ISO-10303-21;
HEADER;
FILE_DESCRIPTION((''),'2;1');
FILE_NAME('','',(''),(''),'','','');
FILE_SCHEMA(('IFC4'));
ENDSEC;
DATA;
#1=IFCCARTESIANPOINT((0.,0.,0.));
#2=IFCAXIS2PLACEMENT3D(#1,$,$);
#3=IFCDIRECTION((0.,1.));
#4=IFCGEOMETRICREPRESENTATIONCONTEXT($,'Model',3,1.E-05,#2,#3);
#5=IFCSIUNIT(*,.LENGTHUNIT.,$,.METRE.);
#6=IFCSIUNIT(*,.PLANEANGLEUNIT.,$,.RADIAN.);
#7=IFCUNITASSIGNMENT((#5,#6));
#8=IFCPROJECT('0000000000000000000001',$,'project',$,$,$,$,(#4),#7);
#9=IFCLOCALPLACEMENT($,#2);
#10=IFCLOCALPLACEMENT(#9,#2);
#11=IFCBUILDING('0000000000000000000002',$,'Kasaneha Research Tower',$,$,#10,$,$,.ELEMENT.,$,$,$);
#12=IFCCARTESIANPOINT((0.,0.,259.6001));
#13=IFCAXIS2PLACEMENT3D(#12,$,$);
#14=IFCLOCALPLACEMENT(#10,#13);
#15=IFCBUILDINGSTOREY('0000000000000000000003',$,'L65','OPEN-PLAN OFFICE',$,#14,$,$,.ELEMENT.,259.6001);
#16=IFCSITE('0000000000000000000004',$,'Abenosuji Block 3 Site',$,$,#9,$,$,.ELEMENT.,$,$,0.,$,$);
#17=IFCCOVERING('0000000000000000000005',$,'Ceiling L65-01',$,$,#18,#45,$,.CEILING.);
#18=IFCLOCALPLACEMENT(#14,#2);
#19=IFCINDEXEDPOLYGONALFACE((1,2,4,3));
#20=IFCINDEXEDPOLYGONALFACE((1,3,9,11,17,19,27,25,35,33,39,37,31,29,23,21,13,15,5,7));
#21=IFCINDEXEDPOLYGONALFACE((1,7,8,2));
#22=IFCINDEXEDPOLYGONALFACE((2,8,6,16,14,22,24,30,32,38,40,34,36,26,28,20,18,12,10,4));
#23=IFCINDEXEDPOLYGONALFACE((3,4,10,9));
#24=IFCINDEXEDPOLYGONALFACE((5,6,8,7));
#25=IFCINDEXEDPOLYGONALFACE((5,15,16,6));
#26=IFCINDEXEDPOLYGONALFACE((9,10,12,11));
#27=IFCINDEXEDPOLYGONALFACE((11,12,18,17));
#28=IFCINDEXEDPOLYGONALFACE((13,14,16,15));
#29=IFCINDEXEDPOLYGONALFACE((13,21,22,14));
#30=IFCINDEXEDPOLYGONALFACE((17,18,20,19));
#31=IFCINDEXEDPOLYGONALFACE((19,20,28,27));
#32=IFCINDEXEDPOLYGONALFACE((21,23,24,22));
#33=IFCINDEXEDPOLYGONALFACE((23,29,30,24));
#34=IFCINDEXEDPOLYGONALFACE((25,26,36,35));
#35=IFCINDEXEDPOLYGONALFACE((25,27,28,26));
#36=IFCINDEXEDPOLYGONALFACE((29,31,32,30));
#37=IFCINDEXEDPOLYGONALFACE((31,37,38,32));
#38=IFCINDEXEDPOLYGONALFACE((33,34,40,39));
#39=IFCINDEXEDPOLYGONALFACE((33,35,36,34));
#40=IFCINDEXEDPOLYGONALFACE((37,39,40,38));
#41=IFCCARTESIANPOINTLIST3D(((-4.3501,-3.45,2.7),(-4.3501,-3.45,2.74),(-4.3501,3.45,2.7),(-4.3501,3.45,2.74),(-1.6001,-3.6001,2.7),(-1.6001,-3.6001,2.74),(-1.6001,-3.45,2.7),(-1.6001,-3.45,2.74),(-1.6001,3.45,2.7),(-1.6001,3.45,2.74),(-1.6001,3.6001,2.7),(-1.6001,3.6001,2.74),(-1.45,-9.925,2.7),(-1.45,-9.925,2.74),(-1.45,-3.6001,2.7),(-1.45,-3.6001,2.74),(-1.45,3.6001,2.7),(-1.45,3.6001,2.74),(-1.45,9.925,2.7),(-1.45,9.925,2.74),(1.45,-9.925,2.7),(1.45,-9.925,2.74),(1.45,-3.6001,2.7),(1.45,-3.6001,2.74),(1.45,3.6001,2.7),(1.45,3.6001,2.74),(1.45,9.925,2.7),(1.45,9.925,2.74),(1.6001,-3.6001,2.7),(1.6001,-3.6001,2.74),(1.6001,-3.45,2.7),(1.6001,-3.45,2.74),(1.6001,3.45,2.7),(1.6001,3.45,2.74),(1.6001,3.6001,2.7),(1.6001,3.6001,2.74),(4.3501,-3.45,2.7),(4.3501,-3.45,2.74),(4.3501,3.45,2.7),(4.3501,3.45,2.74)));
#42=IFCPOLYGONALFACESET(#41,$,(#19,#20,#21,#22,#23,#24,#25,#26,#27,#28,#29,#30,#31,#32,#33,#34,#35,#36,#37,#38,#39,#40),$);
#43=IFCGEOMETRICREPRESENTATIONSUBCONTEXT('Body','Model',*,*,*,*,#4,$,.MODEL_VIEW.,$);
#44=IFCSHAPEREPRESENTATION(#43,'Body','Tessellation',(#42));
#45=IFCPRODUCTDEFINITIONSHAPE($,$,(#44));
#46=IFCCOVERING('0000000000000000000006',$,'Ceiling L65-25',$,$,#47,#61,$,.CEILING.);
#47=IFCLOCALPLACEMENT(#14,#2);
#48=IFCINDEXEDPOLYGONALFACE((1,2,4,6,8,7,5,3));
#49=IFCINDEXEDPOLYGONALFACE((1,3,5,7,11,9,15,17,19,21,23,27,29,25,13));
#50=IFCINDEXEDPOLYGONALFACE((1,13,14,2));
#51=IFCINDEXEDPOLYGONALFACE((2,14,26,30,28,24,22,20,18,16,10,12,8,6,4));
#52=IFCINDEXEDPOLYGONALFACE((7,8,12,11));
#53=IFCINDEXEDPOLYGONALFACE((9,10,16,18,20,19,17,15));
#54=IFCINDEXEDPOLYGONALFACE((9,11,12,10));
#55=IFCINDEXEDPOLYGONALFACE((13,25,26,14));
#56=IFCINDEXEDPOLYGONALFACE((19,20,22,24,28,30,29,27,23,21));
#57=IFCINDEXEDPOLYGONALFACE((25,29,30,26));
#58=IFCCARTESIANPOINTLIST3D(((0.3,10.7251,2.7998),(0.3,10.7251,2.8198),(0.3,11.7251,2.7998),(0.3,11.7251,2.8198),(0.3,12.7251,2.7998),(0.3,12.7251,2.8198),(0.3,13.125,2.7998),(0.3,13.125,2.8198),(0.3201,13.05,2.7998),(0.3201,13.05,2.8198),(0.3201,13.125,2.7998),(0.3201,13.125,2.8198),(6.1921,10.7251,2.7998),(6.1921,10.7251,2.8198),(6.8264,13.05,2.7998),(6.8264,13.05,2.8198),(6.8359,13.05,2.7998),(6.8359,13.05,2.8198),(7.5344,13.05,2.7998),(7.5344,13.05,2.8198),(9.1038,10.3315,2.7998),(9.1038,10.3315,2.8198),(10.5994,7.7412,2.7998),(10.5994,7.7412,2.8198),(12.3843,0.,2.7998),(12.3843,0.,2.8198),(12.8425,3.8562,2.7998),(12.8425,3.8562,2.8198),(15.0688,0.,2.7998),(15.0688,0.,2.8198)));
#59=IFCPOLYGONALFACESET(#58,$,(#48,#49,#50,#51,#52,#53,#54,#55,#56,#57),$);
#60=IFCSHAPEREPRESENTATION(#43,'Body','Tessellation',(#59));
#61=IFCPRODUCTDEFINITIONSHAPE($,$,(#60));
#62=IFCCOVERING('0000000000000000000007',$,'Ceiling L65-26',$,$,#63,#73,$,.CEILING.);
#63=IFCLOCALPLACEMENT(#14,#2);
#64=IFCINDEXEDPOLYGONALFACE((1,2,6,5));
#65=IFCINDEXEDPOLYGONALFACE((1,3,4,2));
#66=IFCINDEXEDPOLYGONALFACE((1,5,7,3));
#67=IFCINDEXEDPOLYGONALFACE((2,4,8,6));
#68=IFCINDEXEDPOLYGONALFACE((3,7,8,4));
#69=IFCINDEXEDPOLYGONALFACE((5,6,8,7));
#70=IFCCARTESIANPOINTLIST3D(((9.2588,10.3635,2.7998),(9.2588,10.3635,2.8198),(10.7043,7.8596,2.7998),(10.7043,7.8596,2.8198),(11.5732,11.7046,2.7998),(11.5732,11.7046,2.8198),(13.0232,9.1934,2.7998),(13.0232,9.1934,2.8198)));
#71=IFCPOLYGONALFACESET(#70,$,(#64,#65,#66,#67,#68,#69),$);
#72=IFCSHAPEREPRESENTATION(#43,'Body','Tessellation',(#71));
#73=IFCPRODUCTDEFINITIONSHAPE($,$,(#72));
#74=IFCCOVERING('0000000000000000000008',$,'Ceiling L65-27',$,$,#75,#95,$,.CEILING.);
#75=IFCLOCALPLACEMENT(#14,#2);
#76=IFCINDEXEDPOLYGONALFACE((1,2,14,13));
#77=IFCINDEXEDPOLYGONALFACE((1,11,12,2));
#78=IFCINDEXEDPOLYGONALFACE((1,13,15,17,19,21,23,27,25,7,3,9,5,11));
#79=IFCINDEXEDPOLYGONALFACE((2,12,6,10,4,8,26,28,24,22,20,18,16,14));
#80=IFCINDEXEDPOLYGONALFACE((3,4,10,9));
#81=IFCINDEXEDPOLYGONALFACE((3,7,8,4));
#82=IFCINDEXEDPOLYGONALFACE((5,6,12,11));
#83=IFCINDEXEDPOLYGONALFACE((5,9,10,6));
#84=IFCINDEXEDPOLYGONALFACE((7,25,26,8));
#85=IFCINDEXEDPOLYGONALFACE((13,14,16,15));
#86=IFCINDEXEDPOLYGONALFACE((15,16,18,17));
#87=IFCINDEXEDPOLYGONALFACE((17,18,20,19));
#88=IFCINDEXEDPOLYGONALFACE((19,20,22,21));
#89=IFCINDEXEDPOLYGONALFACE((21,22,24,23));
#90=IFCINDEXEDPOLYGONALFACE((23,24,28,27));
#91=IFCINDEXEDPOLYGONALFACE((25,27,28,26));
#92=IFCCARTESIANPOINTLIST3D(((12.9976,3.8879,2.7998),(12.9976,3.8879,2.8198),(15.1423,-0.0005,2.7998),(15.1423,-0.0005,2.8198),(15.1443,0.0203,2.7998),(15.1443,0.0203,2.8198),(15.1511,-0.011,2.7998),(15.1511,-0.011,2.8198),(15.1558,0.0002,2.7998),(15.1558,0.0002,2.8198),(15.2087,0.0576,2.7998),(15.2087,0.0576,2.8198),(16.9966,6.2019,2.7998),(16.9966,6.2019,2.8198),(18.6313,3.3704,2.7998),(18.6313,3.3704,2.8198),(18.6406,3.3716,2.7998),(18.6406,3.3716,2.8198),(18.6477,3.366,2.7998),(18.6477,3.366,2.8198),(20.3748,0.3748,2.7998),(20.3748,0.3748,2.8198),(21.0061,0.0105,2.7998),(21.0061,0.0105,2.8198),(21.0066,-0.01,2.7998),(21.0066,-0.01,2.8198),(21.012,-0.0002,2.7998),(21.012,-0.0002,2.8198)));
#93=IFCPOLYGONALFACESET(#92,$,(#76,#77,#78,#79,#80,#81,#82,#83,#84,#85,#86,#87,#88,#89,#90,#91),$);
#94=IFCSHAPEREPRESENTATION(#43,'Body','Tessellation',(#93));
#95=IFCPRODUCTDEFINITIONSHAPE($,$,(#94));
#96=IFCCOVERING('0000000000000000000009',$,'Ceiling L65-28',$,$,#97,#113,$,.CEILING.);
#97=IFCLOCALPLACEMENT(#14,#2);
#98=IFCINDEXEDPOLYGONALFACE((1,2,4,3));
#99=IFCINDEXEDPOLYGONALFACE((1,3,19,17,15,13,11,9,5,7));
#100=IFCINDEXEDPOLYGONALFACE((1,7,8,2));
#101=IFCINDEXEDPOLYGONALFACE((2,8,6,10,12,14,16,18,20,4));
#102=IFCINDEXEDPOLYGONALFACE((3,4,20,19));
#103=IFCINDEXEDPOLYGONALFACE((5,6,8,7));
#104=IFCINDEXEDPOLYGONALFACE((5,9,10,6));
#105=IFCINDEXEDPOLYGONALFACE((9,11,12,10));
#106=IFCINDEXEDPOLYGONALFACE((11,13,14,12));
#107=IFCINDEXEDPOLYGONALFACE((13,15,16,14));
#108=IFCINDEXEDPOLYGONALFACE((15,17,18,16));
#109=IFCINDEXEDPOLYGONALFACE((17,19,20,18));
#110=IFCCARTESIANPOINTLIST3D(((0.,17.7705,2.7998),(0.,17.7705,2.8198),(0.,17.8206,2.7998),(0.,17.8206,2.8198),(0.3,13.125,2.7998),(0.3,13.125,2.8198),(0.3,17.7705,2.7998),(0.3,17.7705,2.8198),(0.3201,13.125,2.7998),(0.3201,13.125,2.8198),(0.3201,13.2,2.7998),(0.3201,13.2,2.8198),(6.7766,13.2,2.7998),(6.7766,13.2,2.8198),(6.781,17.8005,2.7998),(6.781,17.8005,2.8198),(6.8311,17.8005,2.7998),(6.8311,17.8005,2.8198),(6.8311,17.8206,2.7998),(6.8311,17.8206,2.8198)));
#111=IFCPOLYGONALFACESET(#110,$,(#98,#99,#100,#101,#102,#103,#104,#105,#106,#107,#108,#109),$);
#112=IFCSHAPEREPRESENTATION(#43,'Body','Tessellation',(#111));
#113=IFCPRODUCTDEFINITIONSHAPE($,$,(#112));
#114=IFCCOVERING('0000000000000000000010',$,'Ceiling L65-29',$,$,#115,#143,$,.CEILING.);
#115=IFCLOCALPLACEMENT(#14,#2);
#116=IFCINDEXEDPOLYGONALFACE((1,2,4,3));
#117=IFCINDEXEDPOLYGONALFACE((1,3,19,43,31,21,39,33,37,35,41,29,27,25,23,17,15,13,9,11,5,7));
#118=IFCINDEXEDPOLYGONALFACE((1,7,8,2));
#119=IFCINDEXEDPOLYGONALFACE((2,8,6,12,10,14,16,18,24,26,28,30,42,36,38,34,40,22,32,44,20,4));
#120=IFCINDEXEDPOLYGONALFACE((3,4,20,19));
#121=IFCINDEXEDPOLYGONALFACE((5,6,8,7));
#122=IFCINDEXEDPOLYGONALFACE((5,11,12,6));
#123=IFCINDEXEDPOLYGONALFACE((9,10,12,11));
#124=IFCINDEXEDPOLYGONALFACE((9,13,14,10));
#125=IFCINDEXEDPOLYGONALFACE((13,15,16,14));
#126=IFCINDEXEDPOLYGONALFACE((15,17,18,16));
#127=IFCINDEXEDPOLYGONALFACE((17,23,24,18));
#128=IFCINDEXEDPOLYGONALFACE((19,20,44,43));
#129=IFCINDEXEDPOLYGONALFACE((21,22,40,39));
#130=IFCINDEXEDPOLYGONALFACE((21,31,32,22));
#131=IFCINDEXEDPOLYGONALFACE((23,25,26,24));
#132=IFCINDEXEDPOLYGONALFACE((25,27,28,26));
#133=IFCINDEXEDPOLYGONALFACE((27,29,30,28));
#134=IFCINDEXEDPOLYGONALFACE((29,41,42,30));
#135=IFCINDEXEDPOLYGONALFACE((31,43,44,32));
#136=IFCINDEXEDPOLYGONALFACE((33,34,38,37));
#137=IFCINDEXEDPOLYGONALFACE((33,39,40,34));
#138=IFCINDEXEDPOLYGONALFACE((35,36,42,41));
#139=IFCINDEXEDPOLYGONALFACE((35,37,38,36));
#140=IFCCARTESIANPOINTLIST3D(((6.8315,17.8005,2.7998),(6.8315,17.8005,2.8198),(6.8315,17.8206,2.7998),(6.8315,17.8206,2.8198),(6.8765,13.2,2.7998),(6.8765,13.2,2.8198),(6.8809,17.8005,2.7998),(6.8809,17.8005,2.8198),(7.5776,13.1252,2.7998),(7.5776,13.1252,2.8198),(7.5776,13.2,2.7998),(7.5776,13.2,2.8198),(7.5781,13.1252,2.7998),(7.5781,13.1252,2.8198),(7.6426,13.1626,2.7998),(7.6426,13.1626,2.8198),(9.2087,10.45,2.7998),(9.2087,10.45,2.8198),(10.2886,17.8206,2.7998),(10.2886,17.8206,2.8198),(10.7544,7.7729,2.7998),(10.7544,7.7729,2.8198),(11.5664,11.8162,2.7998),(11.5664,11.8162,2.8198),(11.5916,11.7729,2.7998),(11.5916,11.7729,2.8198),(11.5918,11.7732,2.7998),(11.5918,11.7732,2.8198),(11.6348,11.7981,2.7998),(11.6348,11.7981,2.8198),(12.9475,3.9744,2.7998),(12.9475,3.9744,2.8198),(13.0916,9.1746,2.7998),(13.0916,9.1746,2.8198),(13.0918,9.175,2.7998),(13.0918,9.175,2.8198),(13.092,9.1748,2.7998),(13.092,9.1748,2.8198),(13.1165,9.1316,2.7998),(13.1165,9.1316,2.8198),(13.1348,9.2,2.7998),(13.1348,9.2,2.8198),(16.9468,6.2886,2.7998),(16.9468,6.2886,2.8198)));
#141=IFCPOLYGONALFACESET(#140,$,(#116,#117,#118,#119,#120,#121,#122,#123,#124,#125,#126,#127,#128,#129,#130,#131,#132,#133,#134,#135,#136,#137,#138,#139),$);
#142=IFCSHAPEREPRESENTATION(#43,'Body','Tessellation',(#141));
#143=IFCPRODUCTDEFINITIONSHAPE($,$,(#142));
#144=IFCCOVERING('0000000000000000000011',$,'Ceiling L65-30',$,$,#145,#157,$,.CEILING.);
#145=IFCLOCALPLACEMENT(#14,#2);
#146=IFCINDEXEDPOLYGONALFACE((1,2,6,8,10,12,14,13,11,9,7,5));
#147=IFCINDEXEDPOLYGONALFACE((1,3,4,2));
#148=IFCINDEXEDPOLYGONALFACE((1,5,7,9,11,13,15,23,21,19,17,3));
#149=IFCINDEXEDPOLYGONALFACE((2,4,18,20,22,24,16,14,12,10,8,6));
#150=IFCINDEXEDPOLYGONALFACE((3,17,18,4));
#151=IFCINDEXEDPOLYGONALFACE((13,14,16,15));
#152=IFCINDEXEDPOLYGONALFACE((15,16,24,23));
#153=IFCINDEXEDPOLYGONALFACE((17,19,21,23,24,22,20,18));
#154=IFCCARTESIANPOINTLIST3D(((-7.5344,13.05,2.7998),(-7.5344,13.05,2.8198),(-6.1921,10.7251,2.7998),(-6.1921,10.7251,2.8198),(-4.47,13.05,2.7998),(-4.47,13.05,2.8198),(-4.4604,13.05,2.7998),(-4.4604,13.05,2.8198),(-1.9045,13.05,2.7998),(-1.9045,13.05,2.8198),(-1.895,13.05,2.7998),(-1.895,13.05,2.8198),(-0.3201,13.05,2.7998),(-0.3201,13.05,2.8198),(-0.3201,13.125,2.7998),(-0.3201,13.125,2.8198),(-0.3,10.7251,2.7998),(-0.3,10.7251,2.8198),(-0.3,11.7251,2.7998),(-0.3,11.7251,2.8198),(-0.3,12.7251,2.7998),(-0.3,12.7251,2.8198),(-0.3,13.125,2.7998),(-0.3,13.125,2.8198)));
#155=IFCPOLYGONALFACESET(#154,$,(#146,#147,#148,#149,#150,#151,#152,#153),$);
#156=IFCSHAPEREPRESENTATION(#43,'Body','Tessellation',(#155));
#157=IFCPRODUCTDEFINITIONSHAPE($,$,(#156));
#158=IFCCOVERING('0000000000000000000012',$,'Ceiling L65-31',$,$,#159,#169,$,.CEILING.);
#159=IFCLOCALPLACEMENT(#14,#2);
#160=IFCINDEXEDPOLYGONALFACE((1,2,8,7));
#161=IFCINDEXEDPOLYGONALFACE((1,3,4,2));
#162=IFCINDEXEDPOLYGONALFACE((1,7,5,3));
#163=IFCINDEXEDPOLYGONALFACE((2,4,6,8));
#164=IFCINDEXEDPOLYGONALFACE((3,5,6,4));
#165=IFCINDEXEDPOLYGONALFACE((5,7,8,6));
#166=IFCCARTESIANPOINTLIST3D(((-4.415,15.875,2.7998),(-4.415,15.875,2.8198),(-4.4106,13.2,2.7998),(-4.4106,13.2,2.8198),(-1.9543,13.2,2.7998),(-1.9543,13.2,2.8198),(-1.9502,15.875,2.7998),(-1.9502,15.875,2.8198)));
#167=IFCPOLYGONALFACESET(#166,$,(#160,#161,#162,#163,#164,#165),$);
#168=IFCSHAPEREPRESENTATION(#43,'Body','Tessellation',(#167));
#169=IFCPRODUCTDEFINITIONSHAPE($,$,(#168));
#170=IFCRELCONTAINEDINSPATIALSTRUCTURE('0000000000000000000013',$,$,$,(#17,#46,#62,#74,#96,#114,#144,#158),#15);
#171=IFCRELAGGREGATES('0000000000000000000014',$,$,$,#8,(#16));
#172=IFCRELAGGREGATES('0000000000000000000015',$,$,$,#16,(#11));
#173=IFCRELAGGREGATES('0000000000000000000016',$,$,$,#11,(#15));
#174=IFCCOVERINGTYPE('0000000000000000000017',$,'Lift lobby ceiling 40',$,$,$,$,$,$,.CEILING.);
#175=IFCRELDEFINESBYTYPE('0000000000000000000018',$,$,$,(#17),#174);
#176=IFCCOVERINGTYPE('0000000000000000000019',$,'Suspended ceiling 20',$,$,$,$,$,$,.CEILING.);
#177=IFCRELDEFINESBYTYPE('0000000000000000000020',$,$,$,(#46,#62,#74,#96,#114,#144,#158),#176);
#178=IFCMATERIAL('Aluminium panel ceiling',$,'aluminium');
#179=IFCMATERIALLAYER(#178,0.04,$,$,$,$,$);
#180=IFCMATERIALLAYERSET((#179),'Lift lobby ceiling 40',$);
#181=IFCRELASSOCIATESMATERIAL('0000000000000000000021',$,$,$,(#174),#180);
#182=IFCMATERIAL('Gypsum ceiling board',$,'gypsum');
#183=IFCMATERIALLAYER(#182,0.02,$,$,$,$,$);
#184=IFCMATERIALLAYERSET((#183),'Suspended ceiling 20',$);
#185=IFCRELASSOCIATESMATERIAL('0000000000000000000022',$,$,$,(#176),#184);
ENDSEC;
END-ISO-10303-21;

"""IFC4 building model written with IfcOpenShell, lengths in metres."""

from ifc_helpers import new_model, si_unit, direction, frame, origin, place, context, subcontext, project, spatial, polyline, outline, extrude, material, layer, layer_set, type_object, element, save


model = new_model("IFC4")

# Units and contexts
model_context = context("Model", 3, precision=1e-05, world=origin(), true_north=direction((0.0, 1.0)))
body_context = subcontext(model_context, "Body", "Model", "MODEL_VIEW")
ifc_project = project(units=[si_unit("LENGTHUNIT", "METRE"), si_unit("PLANEANGLEUNIT", "RADIAN")], contexts=[model_context])

# Site, building, storey
site_placement = place(None, origin())
site = spatial("IfcSite", under=ifc_project, at=site_placement, Name="Abenosuji Block 3 Site", CompositionType="ELEMENT", RefElevation=0.0)
building_placement = place(site_placement, origin())
building = spatial("IfcBuilding", under=site, at=building_placement, Name="Kasaneha Research Tower", CompositionType="ELEMENT")
storey_placement = place(building_placement, frame((0.0, 0.0, 259.6001)))
storey = spatial("IfcBuildingStorey", under=building, at=storey_placement, Name="L65", Description="OPEN-PLAN OFFICE", CompositionType="ELEMENT", Elevation=259.6001)

# Coverings
ifc_material_1 = material(Name="Aluminium panel ceiling", Category="aluminium")
ifc_layer_1 = layer(ifc_material_1, 0.04)
ifc_layer_set_1 = layer_set([ifc_layer_1], Name="Lift lobby ceiling 40")
covering_type_1 = type_object("IfcCoveringType", Name="Lift lobby ceiling 40", PredefinedType="CEILING", material=ifc_layer_set_1)
covering_1_placement = place(storey_placement, frame((0.0, 0.0, 2.7)))
element("IfcCovering", 1, at=covering_1_placement, inside=storey, type_object=covering_type_1, Name="Ceiling L65-01", PredefinedType="CEILING", context=body_context, shape_type="SweptSolid", body=[
    extrude(outline(polyline([(1.45, 9.925), (1.45, 3.6001), (1.6001, 3.6001), (1.6001, 3.45), (4.3501, 3.45), (4.3501, -3.45), (1.6001, -3.45), (1.6001, -3.6001), (1.45, -3.6001), (1.45, -9.925), (-1.45, -9.925), (-1.45, -3.6001), (-1.6001, -3.6001), (-1.6001, -3.45), (-4.3501, -3.45), (-4.3501, 3.45), (-1.6001, 3.45), (-1.6001, 3.6001), (-1.45, 3.6001), (-1.45, 9.925), (1.45, 9.925)])), origin(), (0.0, 0.0, 1.0), 0.04),
])
ifc_material_2 = material(Name="Gypsum ceiling board", Category="gypsum")
ifc_layer_2 = layer(ifc_material_2, 0.02)
ifc_layer_set_2 = layer_set([ifc_layer_2], Name="Suspended ceiling 20")
covering_type_2 = type_object("IfcCoveringType", Name="Suspended ceiling 20", PredefinedType="CEILING", material=ifc_layer_set_2)
covering_2_placement = place(storey_placement, frame((0.0, 0.0, 2.7998)))
element("IfcCovering", 2, at=covering_2_placement, inside=storey, type_object=covering_type_2, Name="Ceiling L65-25", PredefinedType="CEILING", context=body_context, shape_type="SweptSolid", body=[
    extrude(outline(polyline([(6.1921, 10.7251), (0.3, 10.7251), (0.3, 11.7251), (0.3, 12.7251), (0.3, 13.125), (0.3201, 13.125), (0.3201, 13.05), (6.8264, 13.05), (6.8359, 13.05), (7.5344, 13.05), (9.1038, 10.3315), (9.1038, 10.3315), (10.5994, 7.7412), (10.5994, 7.7412), (12.8425, 3.8562), (12.8425, 3.8562), (15.0688, 0.0), (12.3843, 0.0), (6.1921, 10.7251)])), origin(), (0.0, 0.0, 1.0), 0.02),
])
covering_3_placement = place(storey_placement, frame((0.0, 0.0, 2.7998)))
element("IfcCovering", 3, at=covering_3_placement, inside=storey, type_object=covering_type_2, Name="Ceiling L65-26", PredefinedType="CEILING", context=body_context, shape_type="SweptSolid", body=[
    extrude(outline(polyline([(11.5732, 11.7046), (13.0232, 9.1934), (10.7043, 7.8596), (9.2588, 10.3635), (11.5732, 11.7046)])), origin(), (0.0, 0.0, 1.0), 0.02),
])
covering_4_placement = place(storey_placement, frame((0.0, 0.0, 2.7998)))
element("IfcCovering", 4, at=covering_4_placement, inside=storey, type_object=covering_type_2, Name="Ceiling L65-27", PredefinedType="CEILING", context=body_context, shape_type="SweptSolid", body=[
    extrude(outline(polyline([(18.6477, 3.366), (20.3748, 0.3748), (21.0061, 0.0105), (21.012, -0.0002), (21.0066, -0.01), (15.1511, -0.011), (15.1423, -0.0005), (15.1558, 0.0002), (15.1443, 0.0203), (15.2087, 0.0576), (12.9976, 3.8879), (16.9966, 6.2019), (18.6313, 3.3704), (18.6406, 3.3716), (18.6477, 3.366)])), origin(), (0.0, 0.0, 1.0), 0.02),
])
covering_5_placement = place(storey_placement, frame((0.0, 0.0, 2.7998)))
element("IfcCovering", 5, at=covering_5_placement, inside=storey, type_object=covering_type_2, Name="Ceiling L65-28", PredefinedType="CEILING", context=body_context, shape_type="SweptSolid", body=[
    extrude(outline(polyline([(6.8311, 17.8206), (6.8311, 17.8005), (6.781, 17.8005), (6.7766, 13.2), (0.3201, 13.2), (0.3201, 13.125), (0.3, 13.125), (0.3, 17.7705), (0.3, 17.7705), (0.0, 17.7705), (0.0, 17.8206), (6.8311, 17.8206)])), origin(), (0.0, 0.0, 1.0), 0.02),
])
covering_6_placement = place(storey_placement, frame((0.0, 0.0, 2.7998)))
element("IfcCovering", 6, at=covering_6_placement, inside=storey, type_object=covering_type_2, Name="Ceiling L65-29", PredefinedType="CEILING", context=body_context, shape_type="SweptSolid", body=[
    extrude(outline(polyline([(13.092, 9.1748), (13.0918, 9.175), (13.1348, 9.2), (11.6348, 11.7981), (11.5918, 11.7732), (11.5918, 11.7732), (11.5916, 11.7729), (11.5664, 11.8162), (9.2087, 10.45), (7.6426, 13.1626), (7.5781, 13.1252), (7.5781, 13.1252), (7.5776, 13.1252), (7.5776, 13.2), (6.8765, 13.2), (6.8809, 17.8005), (6.8315, 17.8005), (6.8315, 17.8206), (10.2886, 17.8206), (16.9468, 6.2886), (12.9475, 3.9744), (10.7544, 7.7729), (13.1165, 9.1316), (13.0916, 9.1746), (13.092, 9.1748)])), origin(), (0.0, 0.0, 1.0), 0.02),
])
covering_7_placement = place(storey_placement, frame((0.0, 0.0, 2.7998)))
element("IfcCovering", 7, at=covering_7_placement, inside=storey, type_object=covering_type_2, Name="Ceiling L65-30", PredefinedType="CEILING", context=body_context, shape_type="SweptSolid", body=[
    extrude(outline(polyline([(-0.3, 11.7251), (-0.3, 10.7251), (-6.1921, 10.7251), (-7.5344, 13.05), (-4.47, 13.05), (-4.4604, 13.05), (-1.9045, 13.05), (-1.895, 13.05), (-0.3201, 13.05), (-0.3201, 13.125), (-0.3, 13.125), (-0.3, 12.7251), (-0.3, 11.7251)])), origin(), (0.0, 0.0, 1.0), 0.02),
])
covering_8_placement = place(storey_placement, frame((0.0, 0.0, 2.7998)))
element("IfcCovering", 8, at=covering_8_placement, inside=storey, type_object=covering_type_2, Name="Ceiling L65-31", PredefinedType="CEILING", context=body_context, shape_type="SweptSolid", body=[
    extrude(outline(polyline([(-1.9543, 13.2), (-4.4106, 13.2), (-4.415, 15.875), (-1.9502, 15.875), (-1.9543, 13.2)])), origin(), (0.0, 0.0, 1.0), 0.02),
])

save(model, "model.ifc")
